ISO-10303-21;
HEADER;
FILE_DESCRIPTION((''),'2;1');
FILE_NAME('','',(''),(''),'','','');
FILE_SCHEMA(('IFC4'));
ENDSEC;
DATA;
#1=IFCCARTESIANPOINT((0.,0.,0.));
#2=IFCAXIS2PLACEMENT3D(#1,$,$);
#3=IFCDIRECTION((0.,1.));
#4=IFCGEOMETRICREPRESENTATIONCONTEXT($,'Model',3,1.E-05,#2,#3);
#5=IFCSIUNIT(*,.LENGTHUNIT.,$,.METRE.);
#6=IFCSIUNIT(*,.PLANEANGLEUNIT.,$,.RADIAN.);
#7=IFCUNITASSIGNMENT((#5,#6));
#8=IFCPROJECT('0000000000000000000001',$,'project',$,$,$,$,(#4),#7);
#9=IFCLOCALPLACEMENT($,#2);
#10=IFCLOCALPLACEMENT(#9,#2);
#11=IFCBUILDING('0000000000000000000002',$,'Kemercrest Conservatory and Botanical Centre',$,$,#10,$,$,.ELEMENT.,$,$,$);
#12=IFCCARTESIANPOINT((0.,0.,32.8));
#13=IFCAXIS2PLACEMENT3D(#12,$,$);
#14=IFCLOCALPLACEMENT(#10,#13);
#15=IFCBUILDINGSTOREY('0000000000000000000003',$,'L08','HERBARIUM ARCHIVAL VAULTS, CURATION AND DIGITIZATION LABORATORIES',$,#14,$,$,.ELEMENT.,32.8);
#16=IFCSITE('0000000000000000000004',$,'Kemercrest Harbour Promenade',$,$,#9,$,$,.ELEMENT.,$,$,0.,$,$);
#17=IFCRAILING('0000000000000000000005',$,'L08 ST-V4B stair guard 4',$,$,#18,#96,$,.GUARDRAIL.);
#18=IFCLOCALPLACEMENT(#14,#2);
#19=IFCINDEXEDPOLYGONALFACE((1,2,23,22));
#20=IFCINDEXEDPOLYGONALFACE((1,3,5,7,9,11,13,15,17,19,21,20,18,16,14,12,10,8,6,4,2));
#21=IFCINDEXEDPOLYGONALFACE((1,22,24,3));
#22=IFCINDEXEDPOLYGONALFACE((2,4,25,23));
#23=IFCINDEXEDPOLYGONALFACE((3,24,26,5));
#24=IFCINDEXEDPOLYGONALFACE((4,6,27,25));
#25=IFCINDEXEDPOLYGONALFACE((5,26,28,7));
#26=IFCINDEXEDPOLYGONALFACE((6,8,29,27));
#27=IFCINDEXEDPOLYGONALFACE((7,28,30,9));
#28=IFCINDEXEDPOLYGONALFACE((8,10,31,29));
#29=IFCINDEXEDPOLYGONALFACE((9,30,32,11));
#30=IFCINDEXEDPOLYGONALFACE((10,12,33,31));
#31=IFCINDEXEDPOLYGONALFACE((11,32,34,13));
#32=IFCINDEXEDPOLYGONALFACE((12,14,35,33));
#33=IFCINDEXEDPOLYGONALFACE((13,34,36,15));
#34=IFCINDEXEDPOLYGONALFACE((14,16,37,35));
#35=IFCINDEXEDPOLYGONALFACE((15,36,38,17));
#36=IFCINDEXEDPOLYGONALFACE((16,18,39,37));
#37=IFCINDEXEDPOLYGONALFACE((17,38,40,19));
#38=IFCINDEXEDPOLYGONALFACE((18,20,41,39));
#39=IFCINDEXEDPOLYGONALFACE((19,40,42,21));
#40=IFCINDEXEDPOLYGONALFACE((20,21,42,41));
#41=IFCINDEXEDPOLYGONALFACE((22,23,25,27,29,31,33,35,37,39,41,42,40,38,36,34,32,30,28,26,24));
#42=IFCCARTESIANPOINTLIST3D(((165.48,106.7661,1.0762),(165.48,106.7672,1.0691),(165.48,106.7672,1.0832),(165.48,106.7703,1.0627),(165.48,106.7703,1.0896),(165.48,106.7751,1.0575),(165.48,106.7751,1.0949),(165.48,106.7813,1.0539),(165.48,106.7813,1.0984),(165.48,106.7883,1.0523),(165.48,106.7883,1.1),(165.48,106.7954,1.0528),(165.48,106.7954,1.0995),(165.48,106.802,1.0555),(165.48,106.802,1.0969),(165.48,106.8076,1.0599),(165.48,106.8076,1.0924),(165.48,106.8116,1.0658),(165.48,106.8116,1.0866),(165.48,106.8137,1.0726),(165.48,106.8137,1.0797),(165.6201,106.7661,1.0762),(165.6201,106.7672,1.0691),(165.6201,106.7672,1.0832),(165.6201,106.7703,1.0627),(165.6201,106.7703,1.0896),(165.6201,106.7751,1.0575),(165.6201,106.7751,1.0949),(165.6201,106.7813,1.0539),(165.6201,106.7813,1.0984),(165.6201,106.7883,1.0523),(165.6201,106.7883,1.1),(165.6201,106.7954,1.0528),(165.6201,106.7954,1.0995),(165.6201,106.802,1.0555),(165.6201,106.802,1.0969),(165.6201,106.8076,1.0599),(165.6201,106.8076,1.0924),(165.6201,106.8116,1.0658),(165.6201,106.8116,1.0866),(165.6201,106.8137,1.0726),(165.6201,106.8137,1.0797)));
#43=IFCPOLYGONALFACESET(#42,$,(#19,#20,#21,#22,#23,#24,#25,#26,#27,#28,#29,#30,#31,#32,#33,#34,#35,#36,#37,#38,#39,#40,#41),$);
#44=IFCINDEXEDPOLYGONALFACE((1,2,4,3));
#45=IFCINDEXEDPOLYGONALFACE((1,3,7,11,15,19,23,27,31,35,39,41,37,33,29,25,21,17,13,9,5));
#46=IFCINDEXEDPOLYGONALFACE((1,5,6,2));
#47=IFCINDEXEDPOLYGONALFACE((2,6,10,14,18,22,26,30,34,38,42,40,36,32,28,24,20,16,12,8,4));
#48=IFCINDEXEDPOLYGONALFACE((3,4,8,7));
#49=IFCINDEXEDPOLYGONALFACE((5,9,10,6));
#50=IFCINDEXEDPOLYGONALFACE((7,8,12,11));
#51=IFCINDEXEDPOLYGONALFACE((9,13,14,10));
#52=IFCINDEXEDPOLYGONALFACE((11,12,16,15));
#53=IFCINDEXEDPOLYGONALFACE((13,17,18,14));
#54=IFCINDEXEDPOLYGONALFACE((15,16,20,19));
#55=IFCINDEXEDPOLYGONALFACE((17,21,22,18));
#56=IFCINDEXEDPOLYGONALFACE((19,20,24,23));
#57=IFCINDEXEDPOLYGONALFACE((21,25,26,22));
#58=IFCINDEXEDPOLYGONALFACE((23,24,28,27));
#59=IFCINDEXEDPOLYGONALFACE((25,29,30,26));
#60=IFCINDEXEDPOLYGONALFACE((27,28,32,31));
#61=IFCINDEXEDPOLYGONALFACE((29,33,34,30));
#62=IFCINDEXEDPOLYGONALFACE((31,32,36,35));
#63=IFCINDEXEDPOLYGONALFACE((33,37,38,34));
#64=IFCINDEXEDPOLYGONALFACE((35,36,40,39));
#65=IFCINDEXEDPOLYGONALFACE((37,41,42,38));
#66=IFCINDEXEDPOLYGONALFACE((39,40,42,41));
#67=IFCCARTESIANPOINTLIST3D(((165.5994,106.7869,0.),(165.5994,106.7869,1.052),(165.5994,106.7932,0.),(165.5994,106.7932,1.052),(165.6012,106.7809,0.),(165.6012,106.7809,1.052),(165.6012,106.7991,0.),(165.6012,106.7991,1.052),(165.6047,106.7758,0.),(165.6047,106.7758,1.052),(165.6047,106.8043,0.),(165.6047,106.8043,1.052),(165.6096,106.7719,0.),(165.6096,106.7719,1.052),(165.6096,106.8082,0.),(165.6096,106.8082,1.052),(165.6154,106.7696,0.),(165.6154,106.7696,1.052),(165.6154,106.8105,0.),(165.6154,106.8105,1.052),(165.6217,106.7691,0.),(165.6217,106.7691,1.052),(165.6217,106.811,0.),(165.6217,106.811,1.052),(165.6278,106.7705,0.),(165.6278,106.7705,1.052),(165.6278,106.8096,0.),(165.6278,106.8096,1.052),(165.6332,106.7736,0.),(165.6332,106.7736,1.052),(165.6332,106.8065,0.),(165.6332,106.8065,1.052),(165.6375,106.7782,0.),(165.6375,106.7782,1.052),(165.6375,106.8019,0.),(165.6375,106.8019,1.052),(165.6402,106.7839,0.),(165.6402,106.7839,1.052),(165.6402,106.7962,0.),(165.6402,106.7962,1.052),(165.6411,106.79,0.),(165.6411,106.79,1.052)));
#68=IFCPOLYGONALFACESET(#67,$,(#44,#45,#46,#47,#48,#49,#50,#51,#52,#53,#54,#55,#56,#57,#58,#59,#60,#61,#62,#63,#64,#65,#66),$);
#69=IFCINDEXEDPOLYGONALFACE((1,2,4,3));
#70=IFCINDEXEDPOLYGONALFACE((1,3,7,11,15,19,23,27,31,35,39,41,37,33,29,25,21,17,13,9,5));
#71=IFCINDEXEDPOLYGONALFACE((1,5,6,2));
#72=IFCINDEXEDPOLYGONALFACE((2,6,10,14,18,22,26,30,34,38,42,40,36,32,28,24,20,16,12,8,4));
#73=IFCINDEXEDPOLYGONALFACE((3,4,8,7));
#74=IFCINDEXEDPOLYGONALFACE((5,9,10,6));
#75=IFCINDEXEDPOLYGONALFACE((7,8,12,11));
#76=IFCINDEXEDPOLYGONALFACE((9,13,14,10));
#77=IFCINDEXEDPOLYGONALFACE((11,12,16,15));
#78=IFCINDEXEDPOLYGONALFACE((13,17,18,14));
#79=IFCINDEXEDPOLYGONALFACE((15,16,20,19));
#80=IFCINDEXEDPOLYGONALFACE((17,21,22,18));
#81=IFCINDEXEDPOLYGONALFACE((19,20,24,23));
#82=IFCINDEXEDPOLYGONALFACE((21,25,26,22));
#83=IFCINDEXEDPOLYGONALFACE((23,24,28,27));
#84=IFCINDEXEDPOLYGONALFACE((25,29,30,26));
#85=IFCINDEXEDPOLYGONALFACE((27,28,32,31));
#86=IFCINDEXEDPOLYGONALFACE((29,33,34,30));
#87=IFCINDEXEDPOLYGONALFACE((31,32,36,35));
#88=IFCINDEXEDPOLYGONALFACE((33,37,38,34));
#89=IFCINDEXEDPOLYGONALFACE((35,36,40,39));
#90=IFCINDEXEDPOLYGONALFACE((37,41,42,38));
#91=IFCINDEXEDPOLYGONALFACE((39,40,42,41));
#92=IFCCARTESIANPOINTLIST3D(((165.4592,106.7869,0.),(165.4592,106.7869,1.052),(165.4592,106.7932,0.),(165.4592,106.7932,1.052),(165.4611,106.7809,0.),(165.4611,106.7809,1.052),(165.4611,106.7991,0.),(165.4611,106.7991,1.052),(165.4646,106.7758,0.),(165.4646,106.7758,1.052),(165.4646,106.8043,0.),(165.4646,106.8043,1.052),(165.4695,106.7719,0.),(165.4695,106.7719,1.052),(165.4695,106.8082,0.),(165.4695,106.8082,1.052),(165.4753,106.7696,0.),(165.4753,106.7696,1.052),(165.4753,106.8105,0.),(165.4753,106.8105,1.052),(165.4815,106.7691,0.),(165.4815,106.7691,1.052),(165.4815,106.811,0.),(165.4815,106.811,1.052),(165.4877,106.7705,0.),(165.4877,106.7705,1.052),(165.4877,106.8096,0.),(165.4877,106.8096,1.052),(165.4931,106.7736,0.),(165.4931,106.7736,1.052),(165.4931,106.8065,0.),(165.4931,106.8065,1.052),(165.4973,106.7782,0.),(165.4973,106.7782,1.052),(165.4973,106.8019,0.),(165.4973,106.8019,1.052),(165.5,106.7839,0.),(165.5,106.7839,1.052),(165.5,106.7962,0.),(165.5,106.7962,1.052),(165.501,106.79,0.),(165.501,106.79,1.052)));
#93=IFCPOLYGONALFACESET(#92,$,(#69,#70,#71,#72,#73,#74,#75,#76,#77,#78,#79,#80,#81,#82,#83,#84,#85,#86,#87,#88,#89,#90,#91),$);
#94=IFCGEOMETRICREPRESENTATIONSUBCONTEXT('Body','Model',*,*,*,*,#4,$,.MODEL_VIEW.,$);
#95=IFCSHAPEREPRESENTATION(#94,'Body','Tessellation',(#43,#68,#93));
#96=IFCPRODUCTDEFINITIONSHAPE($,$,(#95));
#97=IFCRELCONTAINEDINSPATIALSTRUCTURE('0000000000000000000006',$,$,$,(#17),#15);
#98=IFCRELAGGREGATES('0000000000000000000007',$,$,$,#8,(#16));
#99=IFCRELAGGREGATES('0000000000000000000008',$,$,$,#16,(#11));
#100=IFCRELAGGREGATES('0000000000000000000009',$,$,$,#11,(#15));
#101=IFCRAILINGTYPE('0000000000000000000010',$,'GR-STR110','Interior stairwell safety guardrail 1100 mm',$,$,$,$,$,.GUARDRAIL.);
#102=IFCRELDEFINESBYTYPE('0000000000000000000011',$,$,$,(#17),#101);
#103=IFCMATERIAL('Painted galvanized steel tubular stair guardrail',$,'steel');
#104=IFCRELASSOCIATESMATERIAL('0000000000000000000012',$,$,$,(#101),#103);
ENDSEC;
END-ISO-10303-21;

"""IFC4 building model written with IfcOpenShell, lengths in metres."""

from ifc_helpers import new_model, si_unit, direction, frame, origin, origin_2d, place, context, subcontext, project, spatial, circle, extrude, material, type_object, element, save


model = new_model("IFC4")

# Units and contexts
model_context = context("Model", 3, precision=1e-05, world=origin(), true_north=direction((0.0, 1.0)))
body_context = subcontext(model_context, "Body", "Model", "MODEL_VIEW")
ifc_project = project(units=[si_unit("LENGTHUNIT", "METRE"), si_unit("PLANEANGLEUNIT", "RADIAN")], contexts=[model_context])

# Site, building, storey
site_placement = place(None, origin())
site = spatial("IfcSite", under=ifc_project, at=site_placement, Name="Kemercrest Harbour Promenade", CompositionType="ELEMENT", RefElevation=0.0)
building_placement = place(site_placement, origin())
building = spatial("IfcBuilding", under=site, at=building_placement, Name="Kemercrest Conservatory and Botanical Centre", CompositionType="ELEMENT")
storey_placement = place(building_placement, frame((0.0, 0.0, 32.8)))
storey = spatial("IfcBuildingStorey", under=building, at=storey_placement, Name="L08", Description="HERBARIUM ARCHIVAL VAULTS, CURATION AND DIGITIZATION LABORATORIES", CompositionType="ELEMENT", Elevation=32.8)

# Railing
ifc_material_1 = material(Name="Painted galvanized steel tubular stair guardrail", Category="steel")
railing_type_1 = type_object("IfcRailingType", Name="GR-STR110", Description="Interior stairwell safety guardrail 1100 mm", PredefinedType="GUARDRAIL", material=ifc_material_1)
railing_1_placement = place(storey_placement, frame((165.6201, 106.79, 0.0)))
element("IfcRailing", 1, at=railing_1_placement, inside=storey, type_object=railing_type_1, Name="L08 ST-V4B stair guard 4", PredefinedType="GUARDRAIL", context=body_context, shape_type="SweptSolid", body=[
    extrude(circle(Radius=0.0239, at=origin_2d()), frame((0.0, 0.0, 1.0762), z_axis=(-1.0, 0.0, 0.0), x_axis=(0.0, -1.0, 0.0)), (0.0, 0.0, 1.0), 0.1401),
    extrude(circle(Radius=0.021, at=origin_2d()), origin(), (0.0, 0.0, 1.0), 1.052),
    extrude(circle(Radius=0.021, at=origin_2d()), frame((-0.1401, 0.0, 0.0)), (0.0, 0.0, 1.0), 1.052),
])

save(model, "model.ifc")
